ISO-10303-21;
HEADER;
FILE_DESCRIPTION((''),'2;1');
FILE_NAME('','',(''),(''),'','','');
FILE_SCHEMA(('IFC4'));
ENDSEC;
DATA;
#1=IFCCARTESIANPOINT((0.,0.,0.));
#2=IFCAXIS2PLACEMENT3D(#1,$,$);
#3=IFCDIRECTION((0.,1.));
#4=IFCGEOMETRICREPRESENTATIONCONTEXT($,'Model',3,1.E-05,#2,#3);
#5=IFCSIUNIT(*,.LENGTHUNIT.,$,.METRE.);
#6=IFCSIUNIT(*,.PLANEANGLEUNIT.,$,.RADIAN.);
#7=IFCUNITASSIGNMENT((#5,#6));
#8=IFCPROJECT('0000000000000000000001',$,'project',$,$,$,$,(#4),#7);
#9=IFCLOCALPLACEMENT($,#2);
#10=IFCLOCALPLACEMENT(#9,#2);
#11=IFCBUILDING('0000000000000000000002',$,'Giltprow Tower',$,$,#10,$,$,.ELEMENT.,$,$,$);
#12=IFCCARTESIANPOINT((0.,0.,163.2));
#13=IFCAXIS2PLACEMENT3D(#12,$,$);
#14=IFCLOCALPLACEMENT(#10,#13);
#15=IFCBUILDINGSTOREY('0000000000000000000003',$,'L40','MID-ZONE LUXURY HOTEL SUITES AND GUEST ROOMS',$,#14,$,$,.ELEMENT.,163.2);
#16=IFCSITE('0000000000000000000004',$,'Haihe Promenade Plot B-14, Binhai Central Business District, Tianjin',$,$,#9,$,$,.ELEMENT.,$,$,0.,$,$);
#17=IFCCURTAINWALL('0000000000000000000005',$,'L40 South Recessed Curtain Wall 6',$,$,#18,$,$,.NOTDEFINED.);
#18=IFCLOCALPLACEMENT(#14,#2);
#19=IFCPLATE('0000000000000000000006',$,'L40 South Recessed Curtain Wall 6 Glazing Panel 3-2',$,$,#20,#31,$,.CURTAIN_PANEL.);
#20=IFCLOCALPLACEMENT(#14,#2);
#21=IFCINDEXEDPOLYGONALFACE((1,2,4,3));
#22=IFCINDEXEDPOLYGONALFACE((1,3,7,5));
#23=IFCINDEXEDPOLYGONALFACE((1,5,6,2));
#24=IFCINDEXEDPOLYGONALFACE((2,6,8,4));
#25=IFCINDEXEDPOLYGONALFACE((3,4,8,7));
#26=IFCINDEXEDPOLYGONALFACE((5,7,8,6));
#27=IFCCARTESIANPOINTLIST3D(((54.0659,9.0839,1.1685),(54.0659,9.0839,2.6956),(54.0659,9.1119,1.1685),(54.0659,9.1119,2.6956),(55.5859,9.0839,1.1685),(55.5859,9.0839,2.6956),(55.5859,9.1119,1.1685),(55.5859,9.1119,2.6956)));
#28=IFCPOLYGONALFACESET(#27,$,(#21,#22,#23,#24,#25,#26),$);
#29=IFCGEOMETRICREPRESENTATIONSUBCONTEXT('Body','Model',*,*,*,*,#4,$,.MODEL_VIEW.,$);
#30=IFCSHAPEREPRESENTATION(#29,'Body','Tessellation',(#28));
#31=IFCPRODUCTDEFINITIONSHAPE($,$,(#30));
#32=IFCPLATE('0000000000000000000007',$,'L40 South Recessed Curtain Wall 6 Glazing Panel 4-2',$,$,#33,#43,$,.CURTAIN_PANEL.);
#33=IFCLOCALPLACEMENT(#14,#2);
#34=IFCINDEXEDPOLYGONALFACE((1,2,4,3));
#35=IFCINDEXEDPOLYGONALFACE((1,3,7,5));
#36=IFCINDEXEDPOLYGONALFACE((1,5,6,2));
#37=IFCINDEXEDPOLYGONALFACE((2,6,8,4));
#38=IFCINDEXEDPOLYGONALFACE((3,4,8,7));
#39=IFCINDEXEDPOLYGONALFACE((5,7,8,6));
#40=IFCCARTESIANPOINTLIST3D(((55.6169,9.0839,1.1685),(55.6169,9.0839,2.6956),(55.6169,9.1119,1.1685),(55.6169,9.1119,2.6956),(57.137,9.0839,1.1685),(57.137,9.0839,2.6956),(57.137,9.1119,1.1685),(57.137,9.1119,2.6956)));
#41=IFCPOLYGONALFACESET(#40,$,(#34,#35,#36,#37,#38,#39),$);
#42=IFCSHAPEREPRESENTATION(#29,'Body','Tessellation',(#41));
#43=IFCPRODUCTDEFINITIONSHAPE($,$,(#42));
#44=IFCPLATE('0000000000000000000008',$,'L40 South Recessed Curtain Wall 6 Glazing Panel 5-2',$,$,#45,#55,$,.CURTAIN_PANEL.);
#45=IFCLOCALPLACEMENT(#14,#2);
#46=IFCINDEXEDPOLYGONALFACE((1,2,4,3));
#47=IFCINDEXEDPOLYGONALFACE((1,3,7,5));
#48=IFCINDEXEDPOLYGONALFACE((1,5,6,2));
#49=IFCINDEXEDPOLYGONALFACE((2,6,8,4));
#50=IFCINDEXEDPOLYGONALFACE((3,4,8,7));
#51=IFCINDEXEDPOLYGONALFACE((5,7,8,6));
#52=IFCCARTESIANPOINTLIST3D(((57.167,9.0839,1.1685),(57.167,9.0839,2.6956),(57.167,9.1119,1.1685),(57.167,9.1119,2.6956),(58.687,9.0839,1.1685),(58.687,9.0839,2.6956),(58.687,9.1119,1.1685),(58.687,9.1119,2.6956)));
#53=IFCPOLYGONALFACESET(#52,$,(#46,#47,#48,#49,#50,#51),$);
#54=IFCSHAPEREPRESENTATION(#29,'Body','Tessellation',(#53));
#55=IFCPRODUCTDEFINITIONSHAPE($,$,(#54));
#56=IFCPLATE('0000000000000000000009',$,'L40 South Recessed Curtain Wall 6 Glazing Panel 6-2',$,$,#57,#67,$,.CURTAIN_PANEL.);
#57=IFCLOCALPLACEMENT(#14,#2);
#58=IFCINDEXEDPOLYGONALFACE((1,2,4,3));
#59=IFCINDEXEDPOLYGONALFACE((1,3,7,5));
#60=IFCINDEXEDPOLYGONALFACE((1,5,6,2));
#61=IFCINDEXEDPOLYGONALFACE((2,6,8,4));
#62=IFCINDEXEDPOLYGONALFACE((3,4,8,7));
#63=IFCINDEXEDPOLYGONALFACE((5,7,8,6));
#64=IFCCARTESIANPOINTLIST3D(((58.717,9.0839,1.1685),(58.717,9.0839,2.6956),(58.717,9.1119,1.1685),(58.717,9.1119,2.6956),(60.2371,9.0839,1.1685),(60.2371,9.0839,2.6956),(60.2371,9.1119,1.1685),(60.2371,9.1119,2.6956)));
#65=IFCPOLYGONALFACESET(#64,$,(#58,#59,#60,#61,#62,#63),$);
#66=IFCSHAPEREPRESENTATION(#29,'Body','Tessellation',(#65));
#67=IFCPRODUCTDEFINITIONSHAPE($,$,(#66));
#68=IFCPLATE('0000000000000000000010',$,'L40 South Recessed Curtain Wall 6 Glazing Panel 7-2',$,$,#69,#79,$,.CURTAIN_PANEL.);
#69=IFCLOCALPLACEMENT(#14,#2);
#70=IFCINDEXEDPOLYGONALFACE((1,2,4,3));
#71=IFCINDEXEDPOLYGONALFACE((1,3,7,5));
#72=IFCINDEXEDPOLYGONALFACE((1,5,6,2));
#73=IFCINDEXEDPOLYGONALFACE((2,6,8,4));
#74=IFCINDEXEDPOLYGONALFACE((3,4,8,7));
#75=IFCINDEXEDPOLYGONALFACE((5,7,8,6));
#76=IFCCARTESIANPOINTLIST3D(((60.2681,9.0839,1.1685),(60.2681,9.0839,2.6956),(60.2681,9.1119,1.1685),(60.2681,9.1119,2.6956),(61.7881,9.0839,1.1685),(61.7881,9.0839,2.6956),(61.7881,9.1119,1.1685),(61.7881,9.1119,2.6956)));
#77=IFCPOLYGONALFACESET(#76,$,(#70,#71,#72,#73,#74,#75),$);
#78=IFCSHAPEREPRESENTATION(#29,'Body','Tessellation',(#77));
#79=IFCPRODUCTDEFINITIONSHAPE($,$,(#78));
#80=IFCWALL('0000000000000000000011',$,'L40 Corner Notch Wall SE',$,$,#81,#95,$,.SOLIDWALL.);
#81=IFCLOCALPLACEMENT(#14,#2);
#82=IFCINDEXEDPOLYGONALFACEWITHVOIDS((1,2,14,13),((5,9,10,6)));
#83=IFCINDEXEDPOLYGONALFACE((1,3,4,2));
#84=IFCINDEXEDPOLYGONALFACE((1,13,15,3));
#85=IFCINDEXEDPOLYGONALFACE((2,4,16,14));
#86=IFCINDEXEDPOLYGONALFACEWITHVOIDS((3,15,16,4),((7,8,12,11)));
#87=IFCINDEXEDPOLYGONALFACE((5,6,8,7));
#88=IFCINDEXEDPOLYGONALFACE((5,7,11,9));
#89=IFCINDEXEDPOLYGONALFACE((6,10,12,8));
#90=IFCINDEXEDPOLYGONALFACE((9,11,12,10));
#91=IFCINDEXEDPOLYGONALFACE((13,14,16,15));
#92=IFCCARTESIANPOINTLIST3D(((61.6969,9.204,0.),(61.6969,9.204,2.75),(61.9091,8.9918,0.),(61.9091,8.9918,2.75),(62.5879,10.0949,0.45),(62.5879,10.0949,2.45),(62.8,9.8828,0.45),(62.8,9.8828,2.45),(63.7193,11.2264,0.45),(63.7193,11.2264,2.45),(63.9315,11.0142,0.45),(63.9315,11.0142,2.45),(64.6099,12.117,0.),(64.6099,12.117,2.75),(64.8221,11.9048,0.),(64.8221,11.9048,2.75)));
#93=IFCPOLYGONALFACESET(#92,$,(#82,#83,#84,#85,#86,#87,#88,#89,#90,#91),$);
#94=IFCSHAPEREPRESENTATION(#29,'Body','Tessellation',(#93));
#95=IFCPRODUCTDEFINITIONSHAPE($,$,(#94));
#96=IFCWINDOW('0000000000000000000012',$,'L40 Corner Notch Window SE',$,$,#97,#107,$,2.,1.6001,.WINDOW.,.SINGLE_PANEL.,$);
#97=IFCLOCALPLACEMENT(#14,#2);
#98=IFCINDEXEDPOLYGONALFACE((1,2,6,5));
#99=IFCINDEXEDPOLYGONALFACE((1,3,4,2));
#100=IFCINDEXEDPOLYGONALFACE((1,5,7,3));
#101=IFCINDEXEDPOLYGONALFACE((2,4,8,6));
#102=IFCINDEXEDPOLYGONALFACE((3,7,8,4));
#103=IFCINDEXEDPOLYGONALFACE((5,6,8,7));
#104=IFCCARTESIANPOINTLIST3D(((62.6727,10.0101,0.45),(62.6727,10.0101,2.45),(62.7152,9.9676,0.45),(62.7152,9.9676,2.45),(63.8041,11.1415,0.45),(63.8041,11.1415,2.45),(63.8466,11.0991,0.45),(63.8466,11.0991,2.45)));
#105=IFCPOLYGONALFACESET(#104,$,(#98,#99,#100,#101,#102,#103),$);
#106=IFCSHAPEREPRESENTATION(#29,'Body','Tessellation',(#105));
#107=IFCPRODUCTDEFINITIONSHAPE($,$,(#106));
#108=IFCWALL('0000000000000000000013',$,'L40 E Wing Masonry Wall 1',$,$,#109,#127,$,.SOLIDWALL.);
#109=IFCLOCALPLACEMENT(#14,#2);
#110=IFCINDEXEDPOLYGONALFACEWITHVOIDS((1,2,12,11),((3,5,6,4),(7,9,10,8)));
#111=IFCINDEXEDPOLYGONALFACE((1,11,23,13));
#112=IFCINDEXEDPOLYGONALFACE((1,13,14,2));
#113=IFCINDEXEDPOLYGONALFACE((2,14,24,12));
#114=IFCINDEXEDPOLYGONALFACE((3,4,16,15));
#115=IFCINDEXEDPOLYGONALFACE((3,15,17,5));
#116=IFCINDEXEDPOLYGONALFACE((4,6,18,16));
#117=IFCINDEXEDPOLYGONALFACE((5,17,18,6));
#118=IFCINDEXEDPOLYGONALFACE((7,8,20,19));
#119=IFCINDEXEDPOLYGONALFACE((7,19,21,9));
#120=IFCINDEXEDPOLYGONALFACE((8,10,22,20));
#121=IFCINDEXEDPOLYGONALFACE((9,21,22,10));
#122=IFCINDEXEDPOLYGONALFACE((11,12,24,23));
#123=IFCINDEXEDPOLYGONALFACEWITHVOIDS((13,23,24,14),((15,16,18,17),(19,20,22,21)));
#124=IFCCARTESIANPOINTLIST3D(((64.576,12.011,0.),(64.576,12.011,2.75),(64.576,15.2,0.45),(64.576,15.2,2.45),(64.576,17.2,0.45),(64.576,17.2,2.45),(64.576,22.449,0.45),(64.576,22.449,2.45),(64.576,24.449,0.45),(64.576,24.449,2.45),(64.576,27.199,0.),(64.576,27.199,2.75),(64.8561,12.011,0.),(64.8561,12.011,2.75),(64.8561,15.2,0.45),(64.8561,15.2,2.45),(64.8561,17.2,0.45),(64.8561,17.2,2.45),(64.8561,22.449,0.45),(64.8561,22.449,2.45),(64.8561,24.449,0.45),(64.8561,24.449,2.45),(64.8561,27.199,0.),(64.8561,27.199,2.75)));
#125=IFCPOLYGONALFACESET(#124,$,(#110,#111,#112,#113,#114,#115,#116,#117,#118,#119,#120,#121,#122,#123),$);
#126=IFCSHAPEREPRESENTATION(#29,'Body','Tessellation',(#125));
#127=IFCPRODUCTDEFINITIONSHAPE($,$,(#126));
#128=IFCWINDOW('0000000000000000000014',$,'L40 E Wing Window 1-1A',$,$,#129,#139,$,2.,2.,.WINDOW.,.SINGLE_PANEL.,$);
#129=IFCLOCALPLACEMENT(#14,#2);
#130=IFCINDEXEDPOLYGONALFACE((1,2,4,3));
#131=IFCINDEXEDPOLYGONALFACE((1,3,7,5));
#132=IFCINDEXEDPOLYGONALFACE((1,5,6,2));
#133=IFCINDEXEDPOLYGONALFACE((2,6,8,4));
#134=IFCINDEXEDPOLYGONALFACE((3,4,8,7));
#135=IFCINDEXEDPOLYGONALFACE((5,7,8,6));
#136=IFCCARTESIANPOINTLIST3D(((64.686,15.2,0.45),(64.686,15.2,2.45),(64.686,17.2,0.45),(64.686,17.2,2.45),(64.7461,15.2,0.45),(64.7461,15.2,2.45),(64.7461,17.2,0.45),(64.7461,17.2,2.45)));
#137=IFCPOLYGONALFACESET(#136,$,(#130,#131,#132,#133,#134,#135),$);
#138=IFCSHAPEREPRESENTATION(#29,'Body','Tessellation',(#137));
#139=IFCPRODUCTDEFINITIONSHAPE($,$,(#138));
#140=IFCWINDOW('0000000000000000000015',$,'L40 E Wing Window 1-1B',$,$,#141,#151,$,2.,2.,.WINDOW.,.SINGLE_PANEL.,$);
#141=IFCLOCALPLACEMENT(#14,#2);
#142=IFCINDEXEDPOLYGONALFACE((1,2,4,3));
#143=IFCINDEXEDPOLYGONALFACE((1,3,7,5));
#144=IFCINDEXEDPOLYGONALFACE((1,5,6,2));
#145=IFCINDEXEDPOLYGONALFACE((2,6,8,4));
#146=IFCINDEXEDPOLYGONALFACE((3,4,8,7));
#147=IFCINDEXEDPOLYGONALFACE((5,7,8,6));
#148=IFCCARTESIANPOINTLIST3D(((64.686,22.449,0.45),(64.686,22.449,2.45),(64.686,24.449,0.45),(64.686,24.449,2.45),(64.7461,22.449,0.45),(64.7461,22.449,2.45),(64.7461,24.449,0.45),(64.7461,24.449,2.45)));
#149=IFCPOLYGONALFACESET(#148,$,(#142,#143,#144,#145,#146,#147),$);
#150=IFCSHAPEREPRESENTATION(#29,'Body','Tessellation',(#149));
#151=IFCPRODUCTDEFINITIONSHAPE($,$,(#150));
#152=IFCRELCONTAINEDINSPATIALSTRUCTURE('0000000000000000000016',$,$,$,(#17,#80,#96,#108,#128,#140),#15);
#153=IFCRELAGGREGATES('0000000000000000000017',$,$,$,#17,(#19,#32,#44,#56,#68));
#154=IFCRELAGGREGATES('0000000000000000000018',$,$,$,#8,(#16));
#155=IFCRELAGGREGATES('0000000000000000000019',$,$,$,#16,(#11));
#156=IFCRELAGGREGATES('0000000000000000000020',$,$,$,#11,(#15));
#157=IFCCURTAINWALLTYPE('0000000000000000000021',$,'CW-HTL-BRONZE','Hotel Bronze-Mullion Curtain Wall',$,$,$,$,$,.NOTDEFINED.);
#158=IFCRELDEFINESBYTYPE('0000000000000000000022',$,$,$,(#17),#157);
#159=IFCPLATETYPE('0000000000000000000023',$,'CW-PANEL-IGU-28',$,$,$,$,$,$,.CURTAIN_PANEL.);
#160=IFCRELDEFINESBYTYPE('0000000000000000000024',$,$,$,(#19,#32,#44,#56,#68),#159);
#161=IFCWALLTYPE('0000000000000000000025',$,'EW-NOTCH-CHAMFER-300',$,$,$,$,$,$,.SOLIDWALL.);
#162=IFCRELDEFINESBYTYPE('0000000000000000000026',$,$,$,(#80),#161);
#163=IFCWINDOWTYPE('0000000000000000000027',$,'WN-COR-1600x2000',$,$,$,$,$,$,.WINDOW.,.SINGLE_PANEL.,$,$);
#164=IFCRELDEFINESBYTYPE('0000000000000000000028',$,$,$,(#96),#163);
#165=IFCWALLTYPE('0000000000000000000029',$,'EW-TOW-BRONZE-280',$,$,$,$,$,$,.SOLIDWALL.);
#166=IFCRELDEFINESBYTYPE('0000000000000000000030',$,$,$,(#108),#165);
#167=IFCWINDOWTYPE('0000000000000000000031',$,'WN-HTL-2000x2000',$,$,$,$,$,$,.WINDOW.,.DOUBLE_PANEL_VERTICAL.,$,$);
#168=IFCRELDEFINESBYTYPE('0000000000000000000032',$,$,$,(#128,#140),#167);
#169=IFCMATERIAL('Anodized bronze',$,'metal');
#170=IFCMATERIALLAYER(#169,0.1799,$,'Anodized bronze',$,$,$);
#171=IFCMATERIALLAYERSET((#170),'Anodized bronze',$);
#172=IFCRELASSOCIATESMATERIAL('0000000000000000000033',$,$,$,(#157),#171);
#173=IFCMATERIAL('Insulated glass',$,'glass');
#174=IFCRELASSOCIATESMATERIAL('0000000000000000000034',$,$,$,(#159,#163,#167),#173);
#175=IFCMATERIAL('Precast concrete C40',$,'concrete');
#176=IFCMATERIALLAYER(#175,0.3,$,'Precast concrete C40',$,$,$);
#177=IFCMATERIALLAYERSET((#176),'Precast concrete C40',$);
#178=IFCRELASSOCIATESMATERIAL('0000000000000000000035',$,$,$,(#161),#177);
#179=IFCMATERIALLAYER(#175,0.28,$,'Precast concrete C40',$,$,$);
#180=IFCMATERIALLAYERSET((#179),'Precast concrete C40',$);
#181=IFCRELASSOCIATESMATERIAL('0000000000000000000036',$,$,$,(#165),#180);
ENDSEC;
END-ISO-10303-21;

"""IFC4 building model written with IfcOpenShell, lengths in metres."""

from ifc_helpers import new_model, si_unit, direction, frame, frame_2d, origin, origin_2d, place, context, subcontext, project, spatial, rectangle, extrude, source, transform, mapped, material, layer, layer_set, type_object, element, fill, aggregate, save


model = new_model("IFC4")

# Units and contexts
model_context = context("Model", 3, precision=1e-05, world=origin(), true_north=direction((0.0, 1.0)))
body_context = subcontext(model_context, "Body", "Model", "MODEL_VIEW")
ifc_project = project(units=[si_unit("LENGTHUNIT", "METRE"), si_unit("PLANEANGLEUNIT", "RADIAN")], contexts=[model_context])

# Site, building, storey
site_placement = place(None, origin())
site = spatial("IfcSite", under=ifc_project, at=site_placement, Name="Haihe Promenade Plot B-14, Binhai Central Business District, Tianjin", CompositionType="ELEMENT", RefElevation=0.0)
building_placement = place(site_placement, origin())
building = spatial("IfcBuilding", under=site, at=building_placement, Name="Giltprow Tower", CompositionType="ELEMENT")
storey_placement = place(building_placement, frame((0.0, 0.0, 163.2)))
storey = spatial("IfcBuildingStorey", under=building, at=storey_placement, Name="L40", Description="MID-ZONE LUXURY HOTEL SUITES AND GUEST ROOMS", CompositionType="ELEMENT", Elevation=163.2)

# Curtain wall, plates
ifc_material_1 = material(Name="Anodized bronze", Category="metal")
ifc_layer_1 = layer(ifc_material_1, 0.1799, Name="Anodized bronze")
ifc_layer_set_1 = layer_set([ifc_layer_1], Name="Anodized bronze")
curtain_wall_type = type_object("IfcCurtainWallType", Name="CW-HTL-BRONZE", Description="Hotel Bronze-Mullion Curtain Wall", PredefinedType="NOTDEFINED", material=ifc_layer_set_1)
curtain_wall_placement = place(storey_placement, origin())
curtain_wall = element("IfcCurtainWall", 1, at=curtain_wall_placement, inside=storey, type_object=curtain_wall_type, Name="L40 South Recessed Curtain Wall 6", PredefinedType="NOTDEFINED")
ifc_material_2 = material(Name="Insulated glass", Category="glass")
plate_type = type_object("IfcPlateType", Name="CW-PANEL-IGU-28", PredefinedType="CURTAIN_PANEL", material=ifc_material_2)
shared_shape_1 = source(origin(), body_context, "Body", "SweptSolid", [
    extrude(rectangle(XDim=1.52, YDim=0.0281, at=origin_2d()), origin(), (0.0, 0.0, 1.0), 1.5271),
])
plate_1_placement = place(storey_placement, frame((54.8259, 9.0979, 1.1685), z_axis=(0.0, 0.0, 1.0), x_axis=(1.0, 0.0, 0.0)))
plate_1 = element("IfcPlate", 2, at=plate_1_placement, type_object=plate_type, Name="L40 South Recessed Curtain Wall 6 Glazing Panel 3-2", PredefinedType="CURTAIN_PANEL", context=body_context, shape_type="MappedRepresentation", body=[
    mapped(shared_shape_1, transform((0.0, 0.0, 0.0), x_axis=(1.0, 0.0, 0.0), y_axis=(0.0, 1.0, 0.0), z_axis=(0.0, 0.0, 1.0), scale=1.0)),
])
plate_2_placement = place(storey_placement, frame((56.377, 9.0979, 1.1685), z_axis=(0.0, 0.0, 1.0), x_axis=(1.0, 0.0, 0.0)))
plate_2 = element("IfcPlate", 3, at=plate_2_placement, type_object=plate_type, Name="L40 South Recessed Curtain Wall 6 Glazing Panel 4-2", PredefinedType="CURTAIN_PANEL", context=body_context, shape_type="MappedRepresentation", body=[
    mapped(shared_shape_1, transform((0.0, 0.0, 0.0), x_axis=(1.0, 0.0, 0.0), y_axis=(0.0, 1.0, 0.0), z_axis=(0.0, 0.0, 1.0), scale=1.0)),
])
plate_3_placement = place(storey_placement, frame((57.927, 9.0979, 1.1685), z_axis=(0.0, 0.0, 1.0), x_axis=(1.0, 0.0, 0.0)))
plate_3 = element("IfcPlate", 4, at=plate_3_placement, type_object=plate_type, Name="L40 South Recessed Curtain Wall 6 Glazing Panel 5-2", PredefinedType="CURTAIN_PANEL", context=body_context, shape_type="MappedRepresentation", body=[
    mapped(shared_shape_1, transform((0.0, 0.0, 0.0), x_axis=(1.0, 0.0, 0.0), y_axis=(0.0, 1.0, 0.0), z_axis=(0.0, 0.0, 1.0), scale=1.0)),
])
plate_4_placement = place(storey_placement, frame((59.4771, 9.0979, 1.1685), z_axis=(0.0, 0.0, 1.0), x_axis=(1.0, 0.0, 0.0)))
plate_4 = element("IfcPlate", 5, at=plate_4_placement, type_object=plate_type, Name="L40 South Recessed Curtain Wall 6 Glazing Panel 6-2", PredefinedType="CURTAIN_PANEL", context=body_context, shape_type="MappedRepresentation", body=[
    mapped(shared_shape_1, transform((0.0, 0.0, 0.0), x_axis=(1.0, 0.0, 0.0), y_axis=(0.0, 1.0, 0.0), z_axis=(0.0, 0.0, 1.0), scale=1.0)),
])
plate_5_placement = place(storey_placement, frame((61.0281, 9.0979, 1.1685), z_axis=(0.0, 0.0, 1.0), x_axis=(1.0, 0.0, 0.0)))
plate_5 = element("IfcPlate", 6, at=plate_5_placement, type_object=plate_type, Name="L40 South Recessed Curtain Wall 6 Glazing Panel 7-2", PredefinedType="CURTAIN_PANEL", context=body_context, shape_type="MappedRepresentation", body=[
    mapped(shared_shape_1, transform((0.0, 0.0, 0.0), x_axis=(1.0, 0.0, 0.0), y_axis=(0.0, 1.0, 0.0), z_axis=(0.0, 0.0, 1.0), scale=1.0)),
])
aggregate(curtain_wall, [plate_1, plate_2, plate_3, plate_4, plate_5])

# Wall, opening, window
ifc_material_3 = material(Name="Precast concrete C40", Category="concrete")
ifc_layer_2 = layer(ifc_material_3, 0.3, Name="Precast concrete C40")
ifc_layer_set_2 = layer_set([ifc_layer_2], Name="Precast concrete C40")
wall_type_1 = type_object("IfcWallType", Name="EW-NOTCH-CHAMFER-300", PredefinedType="SOLIDWALL", material=ifc_layer_set_2)
wall_1_placement = place(storey_placement, frame((61.803, 9.0979, 0.0), z_axis=(0.0, 0.0, 1.0), x_axis=(0.707107, 0.707107, 0.0)))
wall_1 = element("IfcWall", 7, at=wall_1_placement, inside=storey, type_object=wall_type_1, Name="L40 Corner Notch Wall SE", PredefinedType="SOLIDWALL", context=body_context, shape_type="SweptSolid", body=[
    extrude(rectangle(XDim=4.1196, YDim=0.3, at=frame_2d((2.0598, 0.0))), origin(), (0.0, 0.0, 1.0), 2.75),
])
opening_1_placement = place(wall_1_placement, frame((1.26, 0.0, 0.45)))
opening_1 = element("IfcOpeningElement", 8, at=opening_1_placement, cuts=wall_1, PredefinedType="OPENING", context=body_context, shape_type="SweptSolid", body=[
    extrude(rectangle(XDim=1.6001, YDim=2.0, at=frame_2d((0.8, 1.0))), frame((0.0, 0.1599, 0.0), z_axis=(0.0, -1.0, 0.0), x_axis=(1.0, 0.0, 0.0)), (0.0, 0.0, 1.0), 0.3201),
])
window_type_1 = type_object("IfcWindowType", Name="WN-COR-1600x2000", PartitioningType="SINGLE_PANEL", PredefinedType="WINDOW", material=ifc_material_2)
shared_shape_2 = source(origin(), body_context, "Body", "SweptSolid", [
    extrude(rectangle(XDim=1.6001, YDim=2.0, at=frame_2d((0.8, 1.0))), frame((0.0, 0.03, 0.0), z_axis=(0.0, -1.0, 0.0), x_axis=(1.0, 0.0, 0.0)), (0.0, 0.0, 1.0), 0.0601),
])
window_1_placement = place(opening_1_placement, origin())
window_1 = element("IfcWindow", 9, at=window_1_placement, inside=storey, type_object=window_type_1, Name="L40 Corner Notch Window SE", OverallHeight=2.0, OverallWidth=1.6001, PartitioningType="SINGLE_PANEL", PredefinedType="WINDOW", context=body_context, shape_type="MappedRepresentation", body=[
    mapped(shared_shape_2, transform((0.0, 0.0, 0.0), x_axis=(1.0, 0.0, 0.0), y_axis=(0.0, 1.0, 0.0), z_axis=(0.0, 0.0, 1.0), scale=1.0)),
])
fill(opening_1, window_1)

# Wall, openings, windows
ifc_layer_3 = layer(ifc_material_3, 0.28, Name="Precast concrete C40")
ifc_layer_set_3 = layer_set([ifc_layer_3], Name="Precast concrete C40")
wall_type_2 = type_object("IfcWallType", Name="EW-TOW-BRONZE-280", PredefinedType="SOLIDWALL", material=ifc_layer_set_3)
wall_2_placement = place(storey_placement, frame((64.7161, 12.011, 0.0), z_axis=(0.0, 0.0, 1.0), x_axis=(0.0, 1.0, 0.0)))
wall_2 = element("IfcWall", 10, at=wall_2_placement, inside=storey, type_object=wall_type_2, Name="L40 E Wing Masonry Wall 1", PredefinedType="SOLIDWALL", context=body_context, shape_type="SweptSolid", body=[
    extrude(rectangle(XDim=15.188, YDim=0.28, at=frame_2d((7.594, 0.0))), origin(), (0.0, 0.0, 1.0), 2.75),
])
opening_2_placement = place(wall_2_placement, frame((3.189, 0.0, 0.45)))
opening_2 = element("IfcOpeningElement", 11, at=opening_2_placement, cuts=wall_2, PredefinedType="OPENING", context=body_context, shape_type="SweptSolid", body=[
    extrude(rectangle(XDim=2.0, YDim=2.0, at=frame_2d((1.0, 1.0))), frame((0.0, 0.1499, 0.0), z_axis=(0.0, -1.0, 0.0), x_axis=(1.0, 0.0, 0.0)), (0.0, 0.0, 1.0), 0.3),
])
opening_3_placement = place(wall_2_placement, frame((10.438, 0.0, 0.45)))
opening_3 = element("IfcOpeningElement", 12, at=opening_3_placement, cuts=wall_2, PredefinedType="OPENING", context=body_context, shape_type="SweptSolid", body=[
    extrude(rectangle(XDim=2.0, YDim=2.0, at=frame_2d((1.0, 1.0))), frame((0.0, 0.1499, 0.0), z_axis=(0.0, -1.0, 0.0), x_axis=(1.0, 0.0, 0.0)), (0.0, 0.0, 1.0), 0.3),
])
window_type_2 = type_object("IfcWindowType", Name="WN-HTL-2000x2000", PartitioningType="DOUBLE_PANEL_VERTICAL", PredefinedType="WINDOW", material=ifc_material_2)
shared_shape_3 = source(origin(), body_context, "Body", "SweptSolid", [
    extrude(rectangle(XDim=2.0, YDim=2.0, at=frame_2d((1.0, 1.0))), frame((0.0, 0.03, 0.0), z_axis=(0.0, -1.0, 0.0), x_axis=(1.0, 0.0, 0.0)), (0.0, 0.0, 1.0), 0.0601),
])
window_2_placement = place(opening_2_placement, origin())
window_2 = element("IfcWindow", 13, at=window_2_placement, inside=storey, type_object=window_type_2, Name="L40 E Wing Window 1-1A", OverallHeight=2.0, OverallWidth=2.0, PartitioningType="SINGLE_PANEL", PredefinedType="WINDOW", context=body_context, shape_type="MappedRepresentation", body=[
    mapped(shared_shape_3, transform((0.0, 0.0, 0.0), x_axis=(1.0, 0.0, 0.0), y_axis=(0.0, 1.0, 0.0), z_axis=(0.0, 0.0, 1.0), scale=1.0)),
])
fill(opening_2, window_2)
window_3_placement = place(opening_3_placement, origin())
window_3 = element("IfcWindow", 14, at=window_3_placement, inside=storey, type_object=window_type_2, Name="L40 E Wing Window 1-1B", OverallHeight=2.0, OverallWidth=2.0, PartitioningType="SINGLE_PANEL", PredefinedType="WINDOW", context=body_context, shape_type="MappedRepresentation", body=[
    mapped(shared_shape_3, transform((0.0, 0.0, 0.0), x_axis=(1.0, 0.0, 0.0), y_axis=(0.0, 1.0, 0.0), z_axis=(0.0, 0.0, 1.0), scale=1.0)),
])
fill(opening_3, window_3)

save(model, "model.ifc")
